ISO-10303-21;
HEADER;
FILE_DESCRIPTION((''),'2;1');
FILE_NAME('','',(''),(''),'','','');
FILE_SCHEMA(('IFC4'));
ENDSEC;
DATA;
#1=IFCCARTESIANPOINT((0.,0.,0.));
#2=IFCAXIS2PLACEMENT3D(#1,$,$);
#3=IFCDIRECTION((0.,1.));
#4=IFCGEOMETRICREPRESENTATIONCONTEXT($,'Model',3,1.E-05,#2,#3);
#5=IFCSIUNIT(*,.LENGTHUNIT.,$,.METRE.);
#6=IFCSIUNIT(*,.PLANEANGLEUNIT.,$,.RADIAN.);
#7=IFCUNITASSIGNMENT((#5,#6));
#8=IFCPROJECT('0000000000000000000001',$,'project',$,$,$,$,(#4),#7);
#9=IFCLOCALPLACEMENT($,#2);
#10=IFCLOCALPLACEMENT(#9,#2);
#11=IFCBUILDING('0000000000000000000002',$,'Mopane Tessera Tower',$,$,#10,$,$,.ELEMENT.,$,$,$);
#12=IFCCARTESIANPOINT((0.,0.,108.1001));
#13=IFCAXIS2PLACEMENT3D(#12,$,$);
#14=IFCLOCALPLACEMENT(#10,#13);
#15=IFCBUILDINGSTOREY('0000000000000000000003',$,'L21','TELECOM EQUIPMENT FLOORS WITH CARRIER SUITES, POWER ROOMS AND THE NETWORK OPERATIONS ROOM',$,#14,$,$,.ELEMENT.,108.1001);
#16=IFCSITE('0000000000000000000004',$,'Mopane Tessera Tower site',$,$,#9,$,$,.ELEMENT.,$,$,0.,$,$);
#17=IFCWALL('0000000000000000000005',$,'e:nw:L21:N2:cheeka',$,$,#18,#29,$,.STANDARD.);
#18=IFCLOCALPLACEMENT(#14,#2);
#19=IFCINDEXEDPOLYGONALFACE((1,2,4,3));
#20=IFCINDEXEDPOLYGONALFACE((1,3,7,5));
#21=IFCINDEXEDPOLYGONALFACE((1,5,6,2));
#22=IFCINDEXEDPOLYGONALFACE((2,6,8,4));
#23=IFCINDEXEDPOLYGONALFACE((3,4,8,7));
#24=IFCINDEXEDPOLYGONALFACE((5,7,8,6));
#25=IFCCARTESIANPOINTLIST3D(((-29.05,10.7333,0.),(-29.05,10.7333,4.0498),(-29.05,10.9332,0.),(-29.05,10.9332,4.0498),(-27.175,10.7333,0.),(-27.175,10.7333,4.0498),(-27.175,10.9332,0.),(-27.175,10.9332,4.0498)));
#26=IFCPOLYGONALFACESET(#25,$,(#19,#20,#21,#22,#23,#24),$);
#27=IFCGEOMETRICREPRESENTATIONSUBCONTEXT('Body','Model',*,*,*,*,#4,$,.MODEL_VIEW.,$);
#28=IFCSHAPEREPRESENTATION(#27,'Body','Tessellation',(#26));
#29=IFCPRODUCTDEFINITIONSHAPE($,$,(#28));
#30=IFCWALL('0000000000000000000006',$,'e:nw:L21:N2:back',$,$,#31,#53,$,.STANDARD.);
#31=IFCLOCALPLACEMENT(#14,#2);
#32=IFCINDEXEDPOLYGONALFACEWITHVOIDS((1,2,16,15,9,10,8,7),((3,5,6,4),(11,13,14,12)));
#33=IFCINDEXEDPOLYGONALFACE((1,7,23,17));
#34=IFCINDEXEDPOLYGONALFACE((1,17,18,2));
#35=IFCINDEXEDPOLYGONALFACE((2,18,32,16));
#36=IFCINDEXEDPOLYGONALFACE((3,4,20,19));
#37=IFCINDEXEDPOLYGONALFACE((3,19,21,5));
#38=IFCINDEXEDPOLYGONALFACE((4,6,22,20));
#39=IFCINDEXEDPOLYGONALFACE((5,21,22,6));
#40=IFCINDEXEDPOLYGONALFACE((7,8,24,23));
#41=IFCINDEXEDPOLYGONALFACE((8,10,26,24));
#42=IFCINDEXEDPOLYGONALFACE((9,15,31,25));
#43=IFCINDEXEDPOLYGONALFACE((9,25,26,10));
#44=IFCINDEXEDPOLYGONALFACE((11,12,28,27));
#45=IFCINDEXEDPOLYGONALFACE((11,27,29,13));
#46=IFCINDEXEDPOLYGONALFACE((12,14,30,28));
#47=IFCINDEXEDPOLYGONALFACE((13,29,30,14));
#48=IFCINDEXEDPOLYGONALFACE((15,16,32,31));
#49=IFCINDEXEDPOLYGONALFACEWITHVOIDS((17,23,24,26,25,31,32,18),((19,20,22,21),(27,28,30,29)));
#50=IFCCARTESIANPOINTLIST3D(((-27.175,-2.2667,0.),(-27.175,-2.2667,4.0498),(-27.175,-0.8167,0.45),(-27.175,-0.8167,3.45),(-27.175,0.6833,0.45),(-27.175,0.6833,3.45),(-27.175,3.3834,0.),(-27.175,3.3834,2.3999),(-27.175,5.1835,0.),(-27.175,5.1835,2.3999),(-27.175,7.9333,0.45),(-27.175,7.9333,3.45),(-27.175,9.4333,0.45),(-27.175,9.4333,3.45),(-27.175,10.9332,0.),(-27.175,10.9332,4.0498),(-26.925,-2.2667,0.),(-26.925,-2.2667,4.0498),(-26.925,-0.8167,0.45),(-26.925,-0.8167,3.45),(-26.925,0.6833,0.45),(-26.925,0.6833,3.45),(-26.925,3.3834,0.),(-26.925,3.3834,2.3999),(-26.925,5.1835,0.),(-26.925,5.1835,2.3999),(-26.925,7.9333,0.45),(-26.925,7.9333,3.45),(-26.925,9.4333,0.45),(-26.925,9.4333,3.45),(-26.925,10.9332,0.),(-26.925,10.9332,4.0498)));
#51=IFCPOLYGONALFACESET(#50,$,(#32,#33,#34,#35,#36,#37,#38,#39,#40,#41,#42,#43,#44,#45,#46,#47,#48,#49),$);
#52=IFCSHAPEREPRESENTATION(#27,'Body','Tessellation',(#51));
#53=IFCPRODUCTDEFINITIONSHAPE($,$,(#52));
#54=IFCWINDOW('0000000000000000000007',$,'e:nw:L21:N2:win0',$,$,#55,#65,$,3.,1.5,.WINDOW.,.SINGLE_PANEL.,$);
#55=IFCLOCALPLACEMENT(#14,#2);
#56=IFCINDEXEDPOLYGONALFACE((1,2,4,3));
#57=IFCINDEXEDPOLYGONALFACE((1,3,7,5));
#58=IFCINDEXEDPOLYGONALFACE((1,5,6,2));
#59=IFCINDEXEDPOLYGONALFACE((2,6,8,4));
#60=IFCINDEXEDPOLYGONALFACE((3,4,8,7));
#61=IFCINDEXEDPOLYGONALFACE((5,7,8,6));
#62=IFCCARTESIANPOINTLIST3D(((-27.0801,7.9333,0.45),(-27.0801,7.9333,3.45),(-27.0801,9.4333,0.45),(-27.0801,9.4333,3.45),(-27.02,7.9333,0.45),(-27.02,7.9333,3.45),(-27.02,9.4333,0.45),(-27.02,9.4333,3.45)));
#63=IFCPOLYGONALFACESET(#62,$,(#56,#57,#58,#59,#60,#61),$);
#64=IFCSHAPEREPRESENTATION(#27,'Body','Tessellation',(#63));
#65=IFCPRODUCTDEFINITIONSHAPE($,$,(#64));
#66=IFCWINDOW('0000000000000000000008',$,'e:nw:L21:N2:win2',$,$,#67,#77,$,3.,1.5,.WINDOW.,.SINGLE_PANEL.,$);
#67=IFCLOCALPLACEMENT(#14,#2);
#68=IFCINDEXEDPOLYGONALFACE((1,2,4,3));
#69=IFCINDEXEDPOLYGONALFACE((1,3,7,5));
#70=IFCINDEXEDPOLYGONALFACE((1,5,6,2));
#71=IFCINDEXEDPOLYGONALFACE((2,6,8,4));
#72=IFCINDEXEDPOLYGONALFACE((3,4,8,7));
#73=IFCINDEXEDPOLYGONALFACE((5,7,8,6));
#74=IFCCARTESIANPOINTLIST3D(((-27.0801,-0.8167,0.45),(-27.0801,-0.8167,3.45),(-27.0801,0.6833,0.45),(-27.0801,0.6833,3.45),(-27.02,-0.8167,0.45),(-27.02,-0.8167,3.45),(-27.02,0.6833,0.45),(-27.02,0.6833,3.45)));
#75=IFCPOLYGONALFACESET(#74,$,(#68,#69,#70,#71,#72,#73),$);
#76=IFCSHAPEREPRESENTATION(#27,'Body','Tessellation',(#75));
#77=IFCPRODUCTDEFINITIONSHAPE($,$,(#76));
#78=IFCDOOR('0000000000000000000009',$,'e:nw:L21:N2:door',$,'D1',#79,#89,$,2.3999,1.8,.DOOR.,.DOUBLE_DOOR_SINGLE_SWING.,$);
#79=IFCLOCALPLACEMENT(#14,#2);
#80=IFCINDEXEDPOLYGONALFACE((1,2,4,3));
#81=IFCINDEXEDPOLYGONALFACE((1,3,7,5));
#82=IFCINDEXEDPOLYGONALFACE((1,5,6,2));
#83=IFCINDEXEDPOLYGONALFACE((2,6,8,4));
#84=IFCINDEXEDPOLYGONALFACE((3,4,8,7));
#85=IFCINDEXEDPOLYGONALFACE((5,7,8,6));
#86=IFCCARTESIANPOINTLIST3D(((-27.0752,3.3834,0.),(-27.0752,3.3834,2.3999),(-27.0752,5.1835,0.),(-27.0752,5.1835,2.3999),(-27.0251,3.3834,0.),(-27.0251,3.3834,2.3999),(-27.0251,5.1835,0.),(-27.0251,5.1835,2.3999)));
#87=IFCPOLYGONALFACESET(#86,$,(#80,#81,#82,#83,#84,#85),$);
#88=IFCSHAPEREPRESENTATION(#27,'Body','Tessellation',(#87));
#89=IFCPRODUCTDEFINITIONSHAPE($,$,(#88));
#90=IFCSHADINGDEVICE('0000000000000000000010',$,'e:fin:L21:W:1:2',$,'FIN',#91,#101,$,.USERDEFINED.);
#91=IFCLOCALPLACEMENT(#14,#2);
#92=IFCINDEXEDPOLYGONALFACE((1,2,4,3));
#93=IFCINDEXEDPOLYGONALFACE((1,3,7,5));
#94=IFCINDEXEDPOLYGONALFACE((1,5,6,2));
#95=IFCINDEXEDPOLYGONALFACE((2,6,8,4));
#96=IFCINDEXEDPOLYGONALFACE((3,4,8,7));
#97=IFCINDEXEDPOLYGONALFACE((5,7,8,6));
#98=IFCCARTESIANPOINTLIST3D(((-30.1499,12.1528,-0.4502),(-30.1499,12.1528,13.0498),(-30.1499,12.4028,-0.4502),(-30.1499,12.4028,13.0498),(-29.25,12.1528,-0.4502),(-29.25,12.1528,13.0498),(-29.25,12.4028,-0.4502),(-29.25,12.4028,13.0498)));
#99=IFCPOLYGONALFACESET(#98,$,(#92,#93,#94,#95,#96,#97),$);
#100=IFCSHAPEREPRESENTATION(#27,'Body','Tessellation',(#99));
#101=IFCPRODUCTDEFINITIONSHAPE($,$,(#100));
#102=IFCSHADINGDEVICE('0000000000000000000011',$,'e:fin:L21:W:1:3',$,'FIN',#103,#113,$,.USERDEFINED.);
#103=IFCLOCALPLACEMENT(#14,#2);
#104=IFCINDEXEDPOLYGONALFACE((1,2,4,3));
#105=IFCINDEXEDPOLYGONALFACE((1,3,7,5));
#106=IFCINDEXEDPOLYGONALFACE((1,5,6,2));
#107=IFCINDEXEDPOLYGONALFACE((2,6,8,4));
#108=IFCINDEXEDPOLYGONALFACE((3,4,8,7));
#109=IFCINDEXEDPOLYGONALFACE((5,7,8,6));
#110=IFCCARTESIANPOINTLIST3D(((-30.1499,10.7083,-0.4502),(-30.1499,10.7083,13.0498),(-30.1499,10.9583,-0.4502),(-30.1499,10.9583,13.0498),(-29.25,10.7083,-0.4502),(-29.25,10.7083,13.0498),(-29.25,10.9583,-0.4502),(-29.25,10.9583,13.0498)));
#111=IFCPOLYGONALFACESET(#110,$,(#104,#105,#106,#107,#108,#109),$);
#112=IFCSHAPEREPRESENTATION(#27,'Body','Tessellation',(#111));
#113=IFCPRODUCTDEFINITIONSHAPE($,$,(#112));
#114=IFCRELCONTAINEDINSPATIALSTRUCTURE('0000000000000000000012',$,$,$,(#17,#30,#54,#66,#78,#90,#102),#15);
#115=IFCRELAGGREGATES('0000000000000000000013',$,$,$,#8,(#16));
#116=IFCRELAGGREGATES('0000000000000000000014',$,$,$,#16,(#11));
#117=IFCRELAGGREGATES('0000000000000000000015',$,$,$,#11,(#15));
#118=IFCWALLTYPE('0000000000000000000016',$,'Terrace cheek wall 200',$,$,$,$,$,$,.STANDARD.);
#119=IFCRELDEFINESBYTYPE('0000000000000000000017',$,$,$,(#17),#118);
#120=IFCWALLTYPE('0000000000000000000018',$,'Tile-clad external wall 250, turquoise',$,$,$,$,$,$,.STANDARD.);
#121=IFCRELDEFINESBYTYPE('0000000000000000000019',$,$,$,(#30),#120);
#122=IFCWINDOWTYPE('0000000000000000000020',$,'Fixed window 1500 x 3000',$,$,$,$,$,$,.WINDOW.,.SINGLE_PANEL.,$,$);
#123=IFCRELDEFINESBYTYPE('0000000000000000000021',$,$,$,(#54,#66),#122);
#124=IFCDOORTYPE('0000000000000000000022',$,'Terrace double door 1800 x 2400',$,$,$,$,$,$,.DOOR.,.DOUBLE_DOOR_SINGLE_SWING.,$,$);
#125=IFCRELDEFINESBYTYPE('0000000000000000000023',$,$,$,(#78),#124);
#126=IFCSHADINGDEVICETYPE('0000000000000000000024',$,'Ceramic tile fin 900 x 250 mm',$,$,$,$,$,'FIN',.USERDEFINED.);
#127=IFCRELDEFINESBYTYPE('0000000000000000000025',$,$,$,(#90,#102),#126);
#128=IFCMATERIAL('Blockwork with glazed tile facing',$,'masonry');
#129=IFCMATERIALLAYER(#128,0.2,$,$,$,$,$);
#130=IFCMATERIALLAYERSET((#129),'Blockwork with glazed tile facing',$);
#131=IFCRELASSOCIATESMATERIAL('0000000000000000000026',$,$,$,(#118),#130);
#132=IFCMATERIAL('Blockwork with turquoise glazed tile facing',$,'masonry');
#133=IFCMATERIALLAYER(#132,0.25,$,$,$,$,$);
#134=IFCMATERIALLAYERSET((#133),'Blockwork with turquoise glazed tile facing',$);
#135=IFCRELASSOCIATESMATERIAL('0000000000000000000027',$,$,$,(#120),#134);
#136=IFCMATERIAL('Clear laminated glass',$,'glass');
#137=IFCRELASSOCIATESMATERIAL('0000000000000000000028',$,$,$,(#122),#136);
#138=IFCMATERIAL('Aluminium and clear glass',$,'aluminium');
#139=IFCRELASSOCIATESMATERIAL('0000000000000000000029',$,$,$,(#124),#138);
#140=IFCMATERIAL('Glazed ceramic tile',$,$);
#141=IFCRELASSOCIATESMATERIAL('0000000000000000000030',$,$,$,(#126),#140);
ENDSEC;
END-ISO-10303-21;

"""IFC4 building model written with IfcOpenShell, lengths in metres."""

from ifc_helpers import new_model, si_unit, direction, frame, frame_2d, origin, origin_2d, place, context, subcontext, project, spatial, rectangle, extrude, material, layer, layer_set, type_object, element, fill, save


model = new_model("IFC4")

# Units and contexts
model_context = context("Model", 3, precision=1e-05, world=origin(), true_north=direction((0.0, 1.0)))
body_context = subcontext(model_context, "Body", "Model", "MODEL_VIEW")
ifc_project = project(units=[si_unit("LENGTHUNIT", "METRE"), si_unit("PLANEANGLEUNIT", "RADIAN")], contexts=[model_context])

# Site, building, storey
site_placement = place(None, origin())
site = spatial("IfcSite", under=ifc_project, at=site_placement, Name="Mopane Tessera Tower site", CompositionType="ELEMENT", RefElevation=0.0)
building_placement = place(site_placement, origin())
building = spatial("IfcBuilding", under=site, at=building_placement, Name="Mopane Tessera Tower", CompositionType="ELEMENT")
storey_placement = place(building_placement, frame((0.0, 0.0, 108.1001)))
storey = spatial("IfcBuildingStorey", under=building, at=storey_placement, Name="L21", Description="TELECOM EQUIPMENT FLOORS WITH CARRIER SUITES, POWER ROOMS AND THE NETWORK OPERATIONS ROOM", CompositionType="ELEMENT", Elevation=108.1001)

# Wall
ifc_material_1 = material(Name="Blockwork with glazed tile facing", Category="masonry")
ifc_layer_1 = layer(ifc_material_1, 0.2)
ifc_layer_set_1 = layer_set([ifc_layer_1], Name="Blockwork with glazed tile facing")
wall_type_1 = type_object("IfcWallType", Name="Terrace cheek wall 200", PredefinedType="STANDARD", material=ifc_layer_set_1)
wall_1_placement = place(storey_placement, frame((-29.05, 10.8333, 0.0), z_axis=(0.0, 0.0, 1.0), x_axis=(1.0, 0.0, 0.0)))
element("IfcWall", 1, at=wall_1_placement, inside=storey, type_object=wall_type_1, Name="e:nw:L21:N2:cheeka", PredefinedType="STANDARD", context=body_context, shape_type="SweptSolid", body=[
    extrude(rectangle(XDim=1.875, YDim=0.2, at=frame_2d((0.9375, 0.0))), origin(), (0.0, 0.0, 1.0), 4.0498),
])

# Wall, openings, windows, door
ifc_material_2 = material(Name="Blockwork with turquoise glazed tile facing", Category="masonry")
ifc_layer_2 = layer(ifc_material_2, 0.25)
ifc_layer_set_2 = layer_set([ifc_layer_2], Name="Blockwork with turquoise glazed tile facing")
wall_type_2 = type_object("IfcWallType", Name="Tile-clad external wall 250, turquoise", PredefinedType="STANDARD", material=ifc_layer_set_2)
wall_2_placement = place(storey_placement, frame((-27.05, 10.9333, 0.0), z_axis=(0.0, 0.0, 1.0), x_axis=(0.0, -1.0, 0.0)))
wall_2 = element("IfcWall", 2, at=wall_2_placement, inside=storey, type_object=wall_type_2, Name="e:nw:L21:N2:back", PredefinedType="STANDARD", context=body_context, shape_type="SweptSolid", body=[
    extrude(rectangle(XDim=13.2, YDim=0.25, at=frame_2d((6.6001, 0.0))), origin(), (0.0, 0.0, 1.0), 4.0498),
])
opening_1_placement = place(wall_2_placement, frame((1.5, 0.0, 0.45)))
opening_1 = element("IfcOpeningElement", 3, at=opening_1_placement, cuts=wall_2, PredefinedType="OPENING", context=body_context, shape_type="SweptSolid", body=[
    extrude(rectangle(XDim=1.5, YDim=3.0, at=frame_2d((0.75, 1.5))), frame((0.0, 0.137, 0.0), z_axis=(0.0, -1.0, 0.0), x_axis=(1.0, 0.0, 0.0)), (0.0, 0.0, 1.0), 0.2739),
])
opening_2_placement = place(wall_2_placement, frame((5.75, 0.0, 0.0)))
opening_2 = element("IfcOpeningElement", 4, at=opening_2_placement, cuts=wall_2, PredefinedType="OPENING", context=body_context, shape_type="SweptSolid", body=[
    extrude(rectangle(XDim=1.8, YDim=2.3999, at=frame_2d((0.8999, 1.2))), frame((0.0, 0.137, 0.0), z_axis=(0.0, -1.0, 0.0), x_axis=(1.0, 0.0, 0.0)), (0.0, 0.0, 1.0), 0.2739),
])
opening_3_placement = place(wall_2_placement, frame((10.25, 0.0, 0.45)))
opening_3 = element("IfcOpeningElement", 5, at=opening_3_placement, cuts=wall_2, PredefinedType="OPENING", context=body_context, shape_type="SweptSolid", body=[
    extrude(rectangle(XDim=1.5, YDim=3.0, at=frame_2d((0.75, 1.5))), frame((0.0, 0.137, 0.0), z_axis=(0.0, -1.0, 0.0), x_axis=(1.0, 0.0, 0.0)), (0.0, 0.0, 1.0), 0.2739),
])
ifc_material_3 = material(Name="Clear laminated glass", Category="glass")
window_type = type_object("IfcWindowType", Name="Fixed window 1500 x 3000", PartitioningType="SINGLE_PANEL", PredefinedType="WINDOW", material=ifc_material_3)
window_1_placement = place(opening_1_placement, origin())
window_1 = element("IfcWindow", 6, at=window_1_placement, inside=storey, type_object=window_type, Name="e:nw:L21:N2:win0", OverallHeight=3.0, OverallWidth=1.5, PartitioningType="SINGLE_PANEL", PredefinedType="WINDOW", context=body_context, shape_type="SweptSolid", body=[
    extrude(rectangle(XDim=1.5, YDim=3.0, at=frame_2d((0.75, 1.5))), frame((0.0, 0.03, 0.0), z_axis=(0.0, -1.0, 0.0), x_axis=(1.0, 0.0, 0.0)), (0.0, 0.0, 1.0), 0.0601),
])
fill(opening_1, window_1)
window_2_placement = place(opening_3_placement, origin())
window_2 = element("IfcWindow", 7, at=window_2_placement, inside=storey, type_object=window_type, Name="e:nw:L21:N2:win2", OverallHeight=3.0, OverallWidth=1.5, PartitioningType="SINGLE_PANEL", PredefinedType="WINDOW", context=body_context, shape_type="SweptSolid", body=[
    extrude(rectangle(XDim=1.5, YDim=3.0, at=frame_2d((0.75, 1.5))), frame((0.0, 0.03, 0.0), z_axis=(0.0, -1.0, 0.0), x_axis=(1.0, 0.0, 0.0)), (0.0, 0.0, 1.0), 0.0601),
])
fill(opening_3, window_2)
ifc_material_4 = material(Name="Aluminium and clear glass", Category="aluminium")
door_type_1 = type_object("IfcDoorType", Name="Terrace double door 1800 x 2400", OperationType="DOUBLE_DOOR_SINGLE_SWING", PredefinedType="DOOR", material=ifc_material_4)
door_1_placement = place(opening_2_placement, origin())
door_1 = element("IfcDoor", 8, at=door_1_placement, inside=storey, type_object=door_type_1, Name="e:nw:L21:N2:door", ObjectType="D1", OperationType="DOUBLE_DOOR_SINGLE_SWING", OverallHeight=2.3999, OverallWidth=1.8, PredefinedType="DOOR", context=body_context, shape_type="SweptSolid", body=[
    extrude(rectangle(XDim=1.8, YDim=2.3999, at=frame_2d((0.8999, 1.2))), frame((0.0, 0.0249, 0.0), z_axis=(0.0, -1.0, 0.0), x_axis=(1.0, 0.0, 0.0)), (0.0, 0.0, 1.0), 0.05),
])
fill(opening_2, door_1)

# Shading devices
ifc_material_5 = material(Name="Glazed ceramic tile")
shading_device_type = type_object("IfcShadingDeviceType", Name="Ceramic tile fin 900 x 250 mm", ElementType="FIN", PredefinedType="USERDEFINED", material=ifc_material_5)
for number, where, z_axis, x_axis, name in (
    (9, (-29.7, 12.2778, -0.4502), (0.0, 0.0, 1.0), (0.0, -1.0, 0.0), "e:fin:L21:W:1:2"),
    (10, (-29.7, 10.8333, -0.4502), (0.0, 0.0, 1.0), (0.0, -1.0, 0.0), "e:fin:L21:W:1:3"),
):
    element("IfcShadingDevice", number, at=place(storey_placement, frame(where, z_axis=z_axis, x_axis=x_axis)), inside=storey, type_object=shading_device_type, Name=name, ObjectType="FIN", PredefinedType="USERDEFINED", context=body_context, shape_type="SweptSolid", body=[
        extrude(rectangle(XDim=0.25, YDim=0.8999, at=origin_2d()), origin(), (0.0, 0.0, 1.0), 13.5),
    ])

save(model, "model.ifc")
